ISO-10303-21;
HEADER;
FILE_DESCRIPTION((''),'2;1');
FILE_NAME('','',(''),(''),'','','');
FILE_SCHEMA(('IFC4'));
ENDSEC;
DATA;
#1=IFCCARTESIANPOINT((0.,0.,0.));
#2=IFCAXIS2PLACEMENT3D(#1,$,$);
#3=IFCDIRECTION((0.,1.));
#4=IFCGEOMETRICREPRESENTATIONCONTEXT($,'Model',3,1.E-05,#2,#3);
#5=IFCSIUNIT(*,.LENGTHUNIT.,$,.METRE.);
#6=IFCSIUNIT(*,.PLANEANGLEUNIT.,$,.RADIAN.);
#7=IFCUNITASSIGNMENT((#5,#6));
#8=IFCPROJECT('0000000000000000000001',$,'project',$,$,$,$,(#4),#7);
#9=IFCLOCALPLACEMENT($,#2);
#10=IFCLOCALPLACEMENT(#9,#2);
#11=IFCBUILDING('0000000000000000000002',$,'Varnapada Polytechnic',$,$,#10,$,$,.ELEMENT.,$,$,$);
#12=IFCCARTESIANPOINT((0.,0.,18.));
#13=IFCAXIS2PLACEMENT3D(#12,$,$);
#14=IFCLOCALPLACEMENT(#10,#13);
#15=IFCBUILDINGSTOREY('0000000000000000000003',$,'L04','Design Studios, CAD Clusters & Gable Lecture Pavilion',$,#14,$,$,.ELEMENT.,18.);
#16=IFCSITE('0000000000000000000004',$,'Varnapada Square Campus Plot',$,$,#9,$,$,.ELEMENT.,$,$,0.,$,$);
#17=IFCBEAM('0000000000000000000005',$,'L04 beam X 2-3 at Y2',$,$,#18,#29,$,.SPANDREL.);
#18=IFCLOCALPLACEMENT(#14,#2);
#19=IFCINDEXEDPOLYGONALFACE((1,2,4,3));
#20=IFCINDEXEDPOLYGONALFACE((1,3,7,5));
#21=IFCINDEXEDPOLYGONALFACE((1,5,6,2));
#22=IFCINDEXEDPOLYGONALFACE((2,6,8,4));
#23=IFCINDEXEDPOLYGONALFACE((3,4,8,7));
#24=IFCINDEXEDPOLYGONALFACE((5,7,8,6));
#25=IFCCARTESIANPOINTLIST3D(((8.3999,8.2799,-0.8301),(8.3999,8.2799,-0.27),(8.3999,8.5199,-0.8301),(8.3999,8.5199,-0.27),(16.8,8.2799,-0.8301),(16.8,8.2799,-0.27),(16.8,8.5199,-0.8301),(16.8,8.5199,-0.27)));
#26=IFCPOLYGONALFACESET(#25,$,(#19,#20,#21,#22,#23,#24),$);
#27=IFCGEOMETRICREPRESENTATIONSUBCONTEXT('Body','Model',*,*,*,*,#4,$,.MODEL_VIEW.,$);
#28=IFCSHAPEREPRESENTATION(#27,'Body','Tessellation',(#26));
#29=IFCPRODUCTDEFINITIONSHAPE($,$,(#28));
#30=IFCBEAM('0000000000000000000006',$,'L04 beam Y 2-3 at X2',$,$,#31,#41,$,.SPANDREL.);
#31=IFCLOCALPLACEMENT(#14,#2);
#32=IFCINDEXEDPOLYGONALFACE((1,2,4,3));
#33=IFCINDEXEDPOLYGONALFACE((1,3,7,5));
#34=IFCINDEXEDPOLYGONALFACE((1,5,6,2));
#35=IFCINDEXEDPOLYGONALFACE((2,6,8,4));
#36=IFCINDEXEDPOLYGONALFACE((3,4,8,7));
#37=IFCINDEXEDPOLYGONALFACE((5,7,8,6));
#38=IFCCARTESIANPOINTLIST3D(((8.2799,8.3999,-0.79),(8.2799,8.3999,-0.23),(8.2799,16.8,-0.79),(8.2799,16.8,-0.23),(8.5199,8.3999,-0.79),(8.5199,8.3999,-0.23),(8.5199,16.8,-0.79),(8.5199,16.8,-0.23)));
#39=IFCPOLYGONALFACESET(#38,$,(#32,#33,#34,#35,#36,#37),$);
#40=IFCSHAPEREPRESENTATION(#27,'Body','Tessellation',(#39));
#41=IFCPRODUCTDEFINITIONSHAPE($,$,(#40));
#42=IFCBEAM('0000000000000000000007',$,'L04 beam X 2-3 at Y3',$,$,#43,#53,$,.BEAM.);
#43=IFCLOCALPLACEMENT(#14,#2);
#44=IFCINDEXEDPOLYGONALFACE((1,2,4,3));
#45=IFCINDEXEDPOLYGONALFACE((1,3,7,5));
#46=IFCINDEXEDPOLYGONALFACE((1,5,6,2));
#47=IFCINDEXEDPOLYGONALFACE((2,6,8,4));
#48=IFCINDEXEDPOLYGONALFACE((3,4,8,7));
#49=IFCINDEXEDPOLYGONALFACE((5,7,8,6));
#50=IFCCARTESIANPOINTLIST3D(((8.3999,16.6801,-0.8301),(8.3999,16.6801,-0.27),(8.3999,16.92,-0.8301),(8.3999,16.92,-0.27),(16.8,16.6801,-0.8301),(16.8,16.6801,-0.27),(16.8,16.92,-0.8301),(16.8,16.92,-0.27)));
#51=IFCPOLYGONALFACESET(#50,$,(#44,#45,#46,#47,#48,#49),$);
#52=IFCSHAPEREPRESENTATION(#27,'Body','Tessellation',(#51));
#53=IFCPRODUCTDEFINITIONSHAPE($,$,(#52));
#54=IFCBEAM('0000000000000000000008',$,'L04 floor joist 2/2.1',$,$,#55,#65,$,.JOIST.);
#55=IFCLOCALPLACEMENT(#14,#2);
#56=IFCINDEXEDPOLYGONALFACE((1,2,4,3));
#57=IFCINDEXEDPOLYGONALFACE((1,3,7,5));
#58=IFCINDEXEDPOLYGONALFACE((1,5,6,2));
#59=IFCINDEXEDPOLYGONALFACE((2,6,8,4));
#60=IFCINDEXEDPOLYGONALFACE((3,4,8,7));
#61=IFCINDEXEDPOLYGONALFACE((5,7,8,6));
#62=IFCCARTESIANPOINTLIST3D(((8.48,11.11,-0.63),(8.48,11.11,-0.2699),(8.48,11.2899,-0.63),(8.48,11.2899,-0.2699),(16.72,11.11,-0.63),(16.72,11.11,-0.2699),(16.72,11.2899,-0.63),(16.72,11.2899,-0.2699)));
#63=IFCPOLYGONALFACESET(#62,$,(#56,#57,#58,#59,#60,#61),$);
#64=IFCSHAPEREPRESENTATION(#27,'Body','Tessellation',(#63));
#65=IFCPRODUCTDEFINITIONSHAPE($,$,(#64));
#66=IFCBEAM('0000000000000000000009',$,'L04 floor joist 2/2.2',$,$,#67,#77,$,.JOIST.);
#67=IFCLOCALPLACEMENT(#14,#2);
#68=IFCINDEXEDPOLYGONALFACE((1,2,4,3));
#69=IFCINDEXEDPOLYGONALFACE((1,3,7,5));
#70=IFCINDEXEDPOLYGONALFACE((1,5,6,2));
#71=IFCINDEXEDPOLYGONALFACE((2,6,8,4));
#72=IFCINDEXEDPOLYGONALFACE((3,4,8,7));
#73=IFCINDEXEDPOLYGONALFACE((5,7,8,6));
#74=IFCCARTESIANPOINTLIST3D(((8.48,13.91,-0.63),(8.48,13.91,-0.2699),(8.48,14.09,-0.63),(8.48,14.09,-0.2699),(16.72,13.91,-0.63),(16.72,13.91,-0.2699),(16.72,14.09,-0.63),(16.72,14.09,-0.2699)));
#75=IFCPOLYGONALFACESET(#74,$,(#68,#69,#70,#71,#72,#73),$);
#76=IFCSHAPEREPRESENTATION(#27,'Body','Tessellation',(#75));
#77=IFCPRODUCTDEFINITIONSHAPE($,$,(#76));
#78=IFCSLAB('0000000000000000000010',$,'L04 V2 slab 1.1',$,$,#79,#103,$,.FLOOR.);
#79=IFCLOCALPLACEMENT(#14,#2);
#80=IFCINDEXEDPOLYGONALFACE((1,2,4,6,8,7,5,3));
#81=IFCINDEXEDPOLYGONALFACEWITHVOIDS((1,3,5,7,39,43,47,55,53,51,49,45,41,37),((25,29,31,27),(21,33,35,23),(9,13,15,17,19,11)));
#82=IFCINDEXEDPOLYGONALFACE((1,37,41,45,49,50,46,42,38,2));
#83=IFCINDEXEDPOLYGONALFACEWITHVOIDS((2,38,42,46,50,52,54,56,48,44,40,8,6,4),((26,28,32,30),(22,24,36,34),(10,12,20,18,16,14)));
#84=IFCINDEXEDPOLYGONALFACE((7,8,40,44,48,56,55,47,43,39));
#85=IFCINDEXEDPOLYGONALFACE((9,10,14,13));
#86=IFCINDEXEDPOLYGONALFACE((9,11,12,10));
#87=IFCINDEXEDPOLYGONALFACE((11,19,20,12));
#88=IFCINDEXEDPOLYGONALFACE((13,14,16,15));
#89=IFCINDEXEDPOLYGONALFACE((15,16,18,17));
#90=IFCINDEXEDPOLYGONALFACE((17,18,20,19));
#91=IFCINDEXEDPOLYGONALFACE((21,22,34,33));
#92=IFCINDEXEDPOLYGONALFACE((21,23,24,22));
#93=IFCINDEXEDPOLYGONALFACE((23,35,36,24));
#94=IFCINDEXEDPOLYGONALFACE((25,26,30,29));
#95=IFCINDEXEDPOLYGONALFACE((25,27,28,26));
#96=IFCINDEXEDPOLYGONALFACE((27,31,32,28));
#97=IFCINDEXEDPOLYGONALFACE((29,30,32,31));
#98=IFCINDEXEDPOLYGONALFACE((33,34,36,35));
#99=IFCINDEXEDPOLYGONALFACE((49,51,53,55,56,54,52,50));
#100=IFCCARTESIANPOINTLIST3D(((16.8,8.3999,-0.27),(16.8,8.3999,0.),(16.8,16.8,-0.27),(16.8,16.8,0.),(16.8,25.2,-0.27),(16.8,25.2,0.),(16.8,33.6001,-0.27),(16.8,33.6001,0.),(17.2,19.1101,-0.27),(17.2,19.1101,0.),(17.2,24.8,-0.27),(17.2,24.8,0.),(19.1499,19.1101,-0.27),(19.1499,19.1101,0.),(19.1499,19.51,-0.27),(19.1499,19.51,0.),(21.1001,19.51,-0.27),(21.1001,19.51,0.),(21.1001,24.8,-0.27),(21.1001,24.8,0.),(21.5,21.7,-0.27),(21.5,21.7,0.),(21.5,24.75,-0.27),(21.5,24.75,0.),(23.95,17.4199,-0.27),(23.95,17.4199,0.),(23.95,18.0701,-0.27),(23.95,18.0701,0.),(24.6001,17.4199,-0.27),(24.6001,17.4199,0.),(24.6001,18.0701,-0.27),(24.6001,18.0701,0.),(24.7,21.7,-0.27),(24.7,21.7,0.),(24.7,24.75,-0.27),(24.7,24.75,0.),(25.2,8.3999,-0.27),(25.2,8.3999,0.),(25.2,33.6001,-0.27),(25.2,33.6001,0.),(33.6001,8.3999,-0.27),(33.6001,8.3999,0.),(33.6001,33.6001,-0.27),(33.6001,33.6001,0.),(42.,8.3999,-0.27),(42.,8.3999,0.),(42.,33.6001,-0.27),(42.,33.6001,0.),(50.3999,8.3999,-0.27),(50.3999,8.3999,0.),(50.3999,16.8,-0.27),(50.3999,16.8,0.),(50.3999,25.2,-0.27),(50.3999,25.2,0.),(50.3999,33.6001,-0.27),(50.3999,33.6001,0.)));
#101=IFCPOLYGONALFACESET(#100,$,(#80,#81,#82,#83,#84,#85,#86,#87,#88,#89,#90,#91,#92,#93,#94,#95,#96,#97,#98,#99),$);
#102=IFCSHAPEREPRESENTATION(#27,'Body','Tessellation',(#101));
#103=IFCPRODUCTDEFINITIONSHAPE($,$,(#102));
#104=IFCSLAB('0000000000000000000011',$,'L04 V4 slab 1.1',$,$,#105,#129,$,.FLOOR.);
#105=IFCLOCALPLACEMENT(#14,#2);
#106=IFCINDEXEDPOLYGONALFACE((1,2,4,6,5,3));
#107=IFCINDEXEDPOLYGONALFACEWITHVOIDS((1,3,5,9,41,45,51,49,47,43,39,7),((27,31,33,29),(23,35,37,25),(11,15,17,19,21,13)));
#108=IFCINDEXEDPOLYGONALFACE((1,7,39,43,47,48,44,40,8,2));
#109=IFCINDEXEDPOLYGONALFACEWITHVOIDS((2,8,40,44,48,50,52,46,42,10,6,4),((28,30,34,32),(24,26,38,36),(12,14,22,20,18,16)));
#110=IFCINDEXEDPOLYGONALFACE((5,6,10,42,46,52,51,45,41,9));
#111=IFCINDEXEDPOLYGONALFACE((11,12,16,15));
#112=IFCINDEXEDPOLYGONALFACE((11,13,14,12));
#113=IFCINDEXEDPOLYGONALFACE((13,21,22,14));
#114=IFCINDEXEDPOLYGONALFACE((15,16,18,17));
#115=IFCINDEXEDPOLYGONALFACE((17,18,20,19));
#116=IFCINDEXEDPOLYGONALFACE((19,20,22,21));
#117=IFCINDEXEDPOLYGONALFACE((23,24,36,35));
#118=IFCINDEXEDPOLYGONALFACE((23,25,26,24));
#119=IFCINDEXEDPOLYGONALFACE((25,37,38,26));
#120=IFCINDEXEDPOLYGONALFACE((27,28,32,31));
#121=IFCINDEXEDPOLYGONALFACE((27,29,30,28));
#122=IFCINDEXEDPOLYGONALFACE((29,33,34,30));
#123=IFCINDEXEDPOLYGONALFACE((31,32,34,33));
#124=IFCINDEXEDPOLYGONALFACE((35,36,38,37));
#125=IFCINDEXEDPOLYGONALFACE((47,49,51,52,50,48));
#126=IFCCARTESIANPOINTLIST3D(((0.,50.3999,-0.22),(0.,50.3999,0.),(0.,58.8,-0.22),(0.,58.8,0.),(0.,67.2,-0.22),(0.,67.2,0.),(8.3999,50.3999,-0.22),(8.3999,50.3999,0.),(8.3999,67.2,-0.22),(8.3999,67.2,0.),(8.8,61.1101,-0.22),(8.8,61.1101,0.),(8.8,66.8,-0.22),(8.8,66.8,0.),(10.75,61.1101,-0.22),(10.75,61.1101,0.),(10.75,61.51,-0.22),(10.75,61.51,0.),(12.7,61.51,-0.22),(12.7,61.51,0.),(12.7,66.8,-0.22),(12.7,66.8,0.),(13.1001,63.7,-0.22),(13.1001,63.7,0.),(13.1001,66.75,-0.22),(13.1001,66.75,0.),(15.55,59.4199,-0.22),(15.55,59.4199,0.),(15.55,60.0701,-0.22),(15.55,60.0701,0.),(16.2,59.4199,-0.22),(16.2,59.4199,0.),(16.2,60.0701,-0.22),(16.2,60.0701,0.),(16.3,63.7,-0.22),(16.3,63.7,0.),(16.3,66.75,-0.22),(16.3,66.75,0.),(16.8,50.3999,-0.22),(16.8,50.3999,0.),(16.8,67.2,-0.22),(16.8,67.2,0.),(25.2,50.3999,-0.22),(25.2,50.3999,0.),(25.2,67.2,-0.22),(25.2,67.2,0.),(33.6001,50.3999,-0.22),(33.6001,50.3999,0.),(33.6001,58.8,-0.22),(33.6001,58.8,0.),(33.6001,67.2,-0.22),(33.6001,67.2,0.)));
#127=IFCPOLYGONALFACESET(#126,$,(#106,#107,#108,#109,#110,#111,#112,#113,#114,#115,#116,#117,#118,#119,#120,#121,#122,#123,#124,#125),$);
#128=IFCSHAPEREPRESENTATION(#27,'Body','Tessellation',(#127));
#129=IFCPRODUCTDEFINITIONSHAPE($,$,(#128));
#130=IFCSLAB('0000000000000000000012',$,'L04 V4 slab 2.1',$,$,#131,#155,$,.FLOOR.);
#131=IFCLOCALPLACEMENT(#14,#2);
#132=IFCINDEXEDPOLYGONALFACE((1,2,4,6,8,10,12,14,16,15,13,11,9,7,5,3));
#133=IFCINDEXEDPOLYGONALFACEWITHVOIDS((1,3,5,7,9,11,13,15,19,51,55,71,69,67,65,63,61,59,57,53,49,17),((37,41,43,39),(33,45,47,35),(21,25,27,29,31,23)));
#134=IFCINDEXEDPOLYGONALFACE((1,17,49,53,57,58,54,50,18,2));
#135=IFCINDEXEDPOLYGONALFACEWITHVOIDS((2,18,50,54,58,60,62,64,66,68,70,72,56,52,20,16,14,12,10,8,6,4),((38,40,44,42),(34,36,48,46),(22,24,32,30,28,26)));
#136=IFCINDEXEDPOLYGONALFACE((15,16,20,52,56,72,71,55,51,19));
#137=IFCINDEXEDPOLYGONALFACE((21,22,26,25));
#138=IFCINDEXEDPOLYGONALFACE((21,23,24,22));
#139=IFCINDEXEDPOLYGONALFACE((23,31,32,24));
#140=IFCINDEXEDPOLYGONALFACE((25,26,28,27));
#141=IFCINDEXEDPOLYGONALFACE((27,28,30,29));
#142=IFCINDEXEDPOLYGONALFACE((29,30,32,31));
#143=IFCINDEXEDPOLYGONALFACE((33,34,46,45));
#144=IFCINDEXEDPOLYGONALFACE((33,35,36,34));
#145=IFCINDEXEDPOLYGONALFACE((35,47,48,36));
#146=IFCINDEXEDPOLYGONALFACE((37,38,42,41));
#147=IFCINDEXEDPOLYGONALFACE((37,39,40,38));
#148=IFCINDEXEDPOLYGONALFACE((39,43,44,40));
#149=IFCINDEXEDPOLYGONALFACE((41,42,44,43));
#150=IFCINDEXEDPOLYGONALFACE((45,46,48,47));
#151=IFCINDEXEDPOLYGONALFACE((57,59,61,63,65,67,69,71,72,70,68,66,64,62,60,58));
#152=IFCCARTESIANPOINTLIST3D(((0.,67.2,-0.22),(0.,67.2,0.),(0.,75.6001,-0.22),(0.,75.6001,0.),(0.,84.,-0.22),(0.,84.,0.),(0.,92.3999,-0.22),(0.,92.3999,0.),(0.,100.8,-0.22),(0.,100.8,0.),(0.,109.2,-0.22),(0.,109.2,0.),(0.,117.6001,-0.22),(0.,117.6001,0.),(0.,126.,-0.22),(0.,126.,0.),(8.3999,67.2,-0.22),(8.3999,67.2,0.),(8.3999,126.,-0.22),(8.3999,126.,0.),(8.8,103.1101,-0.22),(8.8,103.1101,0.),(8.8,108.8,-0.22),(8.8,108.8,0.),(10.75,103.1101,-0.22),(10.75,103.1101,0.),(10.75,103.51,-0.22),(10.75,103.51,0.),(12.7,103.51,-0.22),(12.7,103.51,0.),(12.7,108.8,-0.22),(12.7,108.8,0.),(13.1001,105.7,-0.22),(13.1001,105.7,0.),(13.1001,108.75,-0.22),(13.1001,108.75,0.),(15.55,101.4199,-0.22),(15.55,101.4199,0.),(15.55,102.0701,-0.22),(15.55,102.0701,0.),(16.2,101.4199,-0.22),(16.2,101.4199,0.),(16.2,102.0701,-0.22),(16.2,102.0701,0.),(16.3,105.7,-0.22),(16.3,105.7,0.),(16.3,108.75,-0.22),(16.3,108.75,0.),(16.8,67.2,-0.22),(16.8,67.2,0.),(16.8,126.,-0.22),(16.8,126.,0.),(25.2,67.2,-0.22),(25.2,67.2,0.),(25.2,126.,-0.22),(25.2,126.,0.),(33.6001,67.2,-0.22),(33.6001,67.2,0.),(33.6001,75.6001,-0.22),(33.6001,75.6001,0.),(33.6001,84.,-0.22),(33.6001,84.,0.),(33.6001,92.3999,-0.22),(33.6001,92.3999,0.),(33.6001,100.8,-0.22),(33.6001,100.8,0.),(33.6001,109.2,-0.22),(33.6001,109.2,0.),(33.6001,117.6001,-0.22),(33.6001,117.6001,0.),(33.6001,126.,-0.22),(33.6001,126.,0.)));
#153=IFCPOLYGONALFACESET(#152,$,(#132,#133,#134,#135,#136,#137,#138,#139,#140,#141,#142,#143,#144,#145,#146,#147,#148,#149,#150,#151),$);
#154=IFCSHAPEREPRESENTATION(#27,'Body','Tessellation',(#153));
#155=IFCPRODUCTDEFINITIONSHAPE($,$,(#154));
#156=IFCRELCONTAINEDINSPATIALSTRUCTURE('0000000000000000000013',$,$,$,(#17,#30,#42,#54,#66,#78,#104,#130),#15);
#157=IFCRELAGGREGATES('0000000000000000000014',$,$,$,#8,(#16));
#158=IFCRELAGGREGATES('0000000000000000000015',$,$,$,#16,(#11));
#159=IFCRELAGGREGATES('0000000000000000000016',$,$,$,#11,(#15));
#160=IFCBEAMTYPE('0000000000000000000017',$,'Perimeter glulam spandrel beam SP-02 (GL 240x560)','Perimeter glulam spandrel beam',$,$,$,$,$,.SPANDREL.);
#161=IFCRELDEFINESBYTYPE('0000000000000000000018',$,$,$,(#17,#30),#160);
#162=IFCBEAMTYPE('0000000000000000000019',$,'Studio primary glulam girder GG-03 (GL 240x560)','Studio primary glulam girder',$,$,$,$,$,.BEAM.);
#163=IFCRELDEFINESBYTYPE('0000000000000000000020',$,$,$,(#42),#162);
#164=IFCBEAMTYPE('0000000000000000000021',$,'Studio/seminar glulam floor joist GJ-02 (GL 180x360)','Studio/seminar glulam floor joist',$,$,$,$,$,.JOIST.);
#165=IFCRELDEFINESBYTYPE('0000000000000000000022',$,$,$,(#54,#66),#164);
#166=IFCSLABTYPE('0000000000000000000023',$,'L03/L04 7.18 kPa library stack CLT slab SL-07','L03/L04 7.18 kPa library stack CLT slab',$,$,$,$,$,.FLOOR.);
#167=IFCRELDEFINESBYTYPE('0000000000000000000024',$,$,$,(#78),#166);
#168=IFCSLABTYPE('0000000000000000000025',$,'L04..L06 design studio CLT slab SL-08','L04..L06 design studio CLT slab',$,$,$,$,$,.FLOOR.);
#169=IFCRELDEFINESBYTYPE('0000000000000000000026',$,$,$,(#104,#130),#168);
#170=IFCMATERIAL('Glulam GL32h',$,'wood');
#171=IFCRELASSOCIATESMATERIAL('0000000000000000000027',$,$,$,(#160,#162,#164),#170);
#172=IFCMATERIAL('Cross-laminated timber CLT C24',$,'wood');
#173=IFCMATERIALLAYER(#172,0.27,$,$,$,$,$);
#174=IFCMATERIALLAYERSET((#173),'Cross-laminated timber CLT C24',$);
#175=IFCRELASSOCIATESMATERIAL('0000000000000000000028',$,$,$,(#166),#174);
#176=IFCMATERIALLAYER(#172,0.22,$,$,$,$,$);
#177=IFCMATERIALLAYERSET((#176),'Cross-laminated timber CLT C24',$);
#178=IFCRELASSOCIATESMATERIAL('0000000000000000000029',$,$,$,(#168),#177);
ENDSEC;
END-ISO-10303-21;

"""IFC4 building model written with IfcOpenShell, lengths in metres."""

from ifc_helpers import new_model, si_unit, direction, frame, origin, origin_2d, place, context, subcontext, project, spatial, polyline, rectangle, outline, extrude, material, layer, layer_set, material_profile, profile_set, type_object, element, save


model = new_model("IFC4")

# Units and contexts
model_context = context("Model", 3, precision=1e-05, world=origin(), true_north=direction((0.0, 1.0)))
body_context = subcontext(model_context, "Body", "Model", "MODEL_VIEW")
ifc_project = project(units=[si_unit("LENGTHUNIT", "METRE"), si_unit("PLANEANGLEUNIT", "RADIAN")], contexts=[model_context])

# Site, building, storey
site_placement = place(None, origin())
site = spatial("IfcSite", under=ifc_project, at=site_placement, Name="Varnapada Square Campus Plot", CompositionType="ELEMENT", RefElevation=0.0)
building_placement = place(site_placement, origin())
building = spatial("IfcBuilding", under=site, at=building_placement, Name="Varnapada Polytechnic", CompositionType="ELEMENT")
storey_placement = place(building_placement, frame((0.0, 0.0, 18.0)))
storey = spatial("IfcBuildingStorey", under=building, at=storey_placement, Name="L04", Description="Design Studios, CAD Clusters & Gable Lecture Pavilion", CompositionType="ELEMENT", Elevation=18.0)

# Beams
ifc_material_1 = material(Name="Glulam GL32h", Category="wood")
ifc_material_profile_1 = material_profile(ifc_material_1, rectangle(XDim=0.24, YDim=0.5601, at=origin_2d()), Name="GL 240x560")
ifc_profile_set_1 = profile_set([ifc_material_profile_1], Name="Glulam GL32h")
beam_type_1 = type_object("IfcBeamType", Name="Perimeter glulam spandrel beam SP-02 (GL 240x560)", Description="Perimeter glulam spandrel beam", PredefinedType="SPANDREL", material=ifc_profile_set_1)
for number, where, z_axis, x_axis, name in (
    (1, (8.3999, 8.3999, -0.55), (1.0, 0.0, 0.0), (0.0, 1.0, 0.0), "L04 beam X 2-3 at Y2"),
    (2, (8.3999, 8.3999, -0.51), (0.0, 1.0, 0.0), (-1.0, 0.0, 0.0), "L04 beam Y 2-3 at X2"),
):
    element("IfcBeam", number, at=place(storey_placement, frame(where, z_axis=z_axis, x_axis=x_axis)), inside=storey, type_object=beam_type_1, Name=name, PredefinedType="SPANDREL", context=body_context, shape_type="SweptSolid", body=[
        extrude(rectangle(XDim=0.24, YDim=0.5601, at=origin_2d()), origin(), (0.0, 0.0, 1.0), 8.4001),
    ])
ifc_material_profile_2 = material_profile(ifc_material_1, rectangle(XDim=0.24, YDim=0.5601, at=origin_2d()), Name="GL 240x560")
ifc_profile_set_2 = profile_set([ifc_material_profile_2], Name="Glulam GL32h")
beam_type_2 = type_object("IfcBeamType", Name="Studio primary glulam girder GG-03 (GL 240x560)", Description="Studio primary glulam girder", PredefinedType="BEAM", material=ifc_profile_set_2)
beam_placement = place(storey_placement, frame((8.3999, 16.8, -0.55), z_axis=(1.0, 0.0, 0.0), x_axis=(0.0, 1.0, 0.0)))
element("IfcBeam", 3, at=beam_placement, inside=storey, type_object=beam_type_2, Name="L04 beam X 2-3 at Y3", PredefinedType="BEAM", context=body_context, shape_type="SweptSolid", body=[
    extrude(rectangle(XDim=0.24, YDim=0.5601, at=origin_2d()), origin(), (0.0, 0.0, 1.0), 8.4001),
])
ifc_material_profile_3 = material_profile(ifc_material_1, rectangle(XDim=0.1799, YDim=0.3601, at=origin_2d()), Name="GL 180x360")
ifc_profile_set_3 = profile_set([ifc_material_profile_3], Name="Glulam GL32h")
beam_type_3 = type_object("IfcBeamType", Name="Studio/seminar glulam floor joist GJ-02 (GL 180x360)", Description="Studio/seminar glulam floor joist", PredefinedType="JOIST", material=ifc_profile_set_3)
for number, where, z_axis, x_axis, name in (
    (4, (8.48, 11.2, -0.45), (1.0, 0.0, 0.0), (0.0, 1.0, 0.0), "L04 floor joist 2/2.1"),
    (5, (8.48, 14.0, -0.45), (1.0, 0.0, 0.0), (0.0, 1.0, 0.0), "L04 floor joist 2/2.2"),
):
    element("IfcBeam", number, at=place(storey_placement, frame(where, z_axis=z_axis, x_axis=x_axis)), inside=storey, type_object=beam_type_3, Name=name, PredefinedType="JOIST", context=body_context, shape_type="SweptSolid", body=[
        extrude(rectangle(XDim=0.1799, YDim=0.3601, at=origin_2d()), origin(), (0.0, 0.0, 1.0), 8.24),
    ])

# Slabs
ifc_material_2 = material(Name="Cross-laminated timber CLT C24", Category="wood")
ifc_layer_1 = layer(ifc_material_2, 0.27)
ifc_layer_set_1 = layer_set([ifc_layer_1], Name="Cross-laminated timber CLT C24")
slab_type_1 = type_object("IfcSlabType", Name="L03/L04 7.18 kPa library stack CLT slab SL-07", Description="L03/L04 7.18 kPa library stack CLT slab", PredefinedType="FLOOR", material=ifc_layer_set_1)
slab_1_placement = place(storey_placement, frame((0.0, 0.0, -0.27)))
element("IfcSlab", 6, at=slab_1_placement, inside=storey, type_object=slab_type_1, Name="L04 V2 slab 1.1", PredefinedType="FLOOR", context=body_context, shape_type="SweptSolid", body=[
    extrude(outline(polyline([(16.8, 25.2), (16.8, 33.6001), (25.2, 33.6001), (33.6001, 33.6001), (42.0, 33.6001), (50.3999, 33.6001), (50.3999, 25.2), (50.3999, 16.8), (50.3999, 8.3999), (42.0, 8.3999), (33.6001, 8.3999), (25.2, 8.3999), (16.8, 8.3999), (16.8, 16.8), (16.8, 25.2)]), holes=[polyline([(17.2, 19.1101), (19.1499, 19.1101), (19.1499, 19.51), (21.1001, 19.51), (21.1001, 24.8), (17.2, 24.8), (17.2, 19.1101)]), polyline([(21.5, 21.7), (24.7, 21.7), (24.7, 24.75), (21.5, 24.75), (21.5, 21.7)]), polyline([(23.95, 17.4199), (24.6001, 17.4199), (24.6001, 18.0701), (23.95, 18.0701), (23.95, 17.4199)])]), origin(), (0.0, 0.0, 1.0), 0.27),
])
ifc_layer_2 = layer(ifc_material_2, 0.22)
ifc_layer_set_2 = layer_set([ifc_layer_2], Name="Cross-laminated timber CLT C24")
slab_type_2 = type_object("IfcSlabType", Name="L04..L06 design studio CLT slab SL-08", Description="L04..L06 design studio CLT slab", PredefinedType="FLOOR", material=ifc_layer_set_2)
slab_2_placement = place(storey_placement, frame((0.0, 0.0, -0.22)))
element("IfcSlab", 7, at=slab_2_placement, inside=storey, type_object=slab_type_2, Name="L04 V4 slab 1.1", PredefinedType="FLOOR", context=body_context, shape_type="SweptSolid", body=[
    extrude(outline(polyline([(33.6001, 50.3999), (25.2, 50.3999), (16.8, 50.3999), (8.3999, 50.3999), (0.0, 50.3999), (0.0, 58.8), (0.0, 67.2), (8.3999, 67.2), (16.8, 67.2), (25.2, 67.2), (33.6001, 67.2), (33.6001, 58.8), (33.6001, 50.3999)]), holes=[polyline([(8.8, 61.1101), (10.75, 61.1101), (10.75, 61.51), (12.7, 61.51), (12.7, 66.8), (8.8, 66.8), (8.8, 61.1101)]), polyline([(13.1001, 63.7), (16.3, 63.7), (16.3, 66.75), (13.1001, 66.75), (13.1001, 63.7)]), polyline([(15.55, 59.4199), (16.2, 59.4199), (16.2, 60.0701), (15.55, 60.0701), (15.55, 59.4199)])]), origin(), (0.0, 0.0, 1.0), 0.22),
])
slab_3_placement = place(storey_placement, frame((0.0, 0.0, -0.22)))
element("IfcSlab", 8, at=slab_3_placement, inside=storey, type_object=slab_type_2, Name="L04 V4 slab 2.1", PredefinedType="FLOOR", context=body_context, shape_type="SweptSolid", body=[
    extrude(outline(polyline([(0.0, 92.3999), (0.0, 100.8), (0.0, 109.2), (0.0, 117.6001), (0.0, 126.0), (8.3999, 126.0), (16.8, 126.0), (25.2, 126.0), (33.6001, 126.0), (33.6001, 117.6001), (33.6001, 109.2), (33.6001, 100.8), (33.6001, 92.3999), (33.6001, 84.0), (33.6001, 75.6001), (33.6001, 67.2), (25.2, 67.2), (16.8, 67.2), (8.3999, 67.2), (0.0, 67.2), (0.0, 75.6001), (0.0, 84.0), (0.0, 92.3999)]), holes=[polyline([(8.8, 103.1101), (10.75, 103.1101), (10.75, 103.51), (12.7, 103.51), (12.7, 108.8), (8.8, 108.8), (8.8, 103.1101)]), polyline([(13.1001, 105.7), (16.3, 105.7), (16.3, 108.75), (13.1001, 108.75), (13.1001, 105.7)]), polyline([(15.55, 101.4199), (16.2, 101.4199), (16.2, 102.0701), (15.55, 102.0701), (15.55, 101.4199)])]), origin(), (0.0, 0.0, 1.0), 0.22),
])

save(model, "model.ifc")
